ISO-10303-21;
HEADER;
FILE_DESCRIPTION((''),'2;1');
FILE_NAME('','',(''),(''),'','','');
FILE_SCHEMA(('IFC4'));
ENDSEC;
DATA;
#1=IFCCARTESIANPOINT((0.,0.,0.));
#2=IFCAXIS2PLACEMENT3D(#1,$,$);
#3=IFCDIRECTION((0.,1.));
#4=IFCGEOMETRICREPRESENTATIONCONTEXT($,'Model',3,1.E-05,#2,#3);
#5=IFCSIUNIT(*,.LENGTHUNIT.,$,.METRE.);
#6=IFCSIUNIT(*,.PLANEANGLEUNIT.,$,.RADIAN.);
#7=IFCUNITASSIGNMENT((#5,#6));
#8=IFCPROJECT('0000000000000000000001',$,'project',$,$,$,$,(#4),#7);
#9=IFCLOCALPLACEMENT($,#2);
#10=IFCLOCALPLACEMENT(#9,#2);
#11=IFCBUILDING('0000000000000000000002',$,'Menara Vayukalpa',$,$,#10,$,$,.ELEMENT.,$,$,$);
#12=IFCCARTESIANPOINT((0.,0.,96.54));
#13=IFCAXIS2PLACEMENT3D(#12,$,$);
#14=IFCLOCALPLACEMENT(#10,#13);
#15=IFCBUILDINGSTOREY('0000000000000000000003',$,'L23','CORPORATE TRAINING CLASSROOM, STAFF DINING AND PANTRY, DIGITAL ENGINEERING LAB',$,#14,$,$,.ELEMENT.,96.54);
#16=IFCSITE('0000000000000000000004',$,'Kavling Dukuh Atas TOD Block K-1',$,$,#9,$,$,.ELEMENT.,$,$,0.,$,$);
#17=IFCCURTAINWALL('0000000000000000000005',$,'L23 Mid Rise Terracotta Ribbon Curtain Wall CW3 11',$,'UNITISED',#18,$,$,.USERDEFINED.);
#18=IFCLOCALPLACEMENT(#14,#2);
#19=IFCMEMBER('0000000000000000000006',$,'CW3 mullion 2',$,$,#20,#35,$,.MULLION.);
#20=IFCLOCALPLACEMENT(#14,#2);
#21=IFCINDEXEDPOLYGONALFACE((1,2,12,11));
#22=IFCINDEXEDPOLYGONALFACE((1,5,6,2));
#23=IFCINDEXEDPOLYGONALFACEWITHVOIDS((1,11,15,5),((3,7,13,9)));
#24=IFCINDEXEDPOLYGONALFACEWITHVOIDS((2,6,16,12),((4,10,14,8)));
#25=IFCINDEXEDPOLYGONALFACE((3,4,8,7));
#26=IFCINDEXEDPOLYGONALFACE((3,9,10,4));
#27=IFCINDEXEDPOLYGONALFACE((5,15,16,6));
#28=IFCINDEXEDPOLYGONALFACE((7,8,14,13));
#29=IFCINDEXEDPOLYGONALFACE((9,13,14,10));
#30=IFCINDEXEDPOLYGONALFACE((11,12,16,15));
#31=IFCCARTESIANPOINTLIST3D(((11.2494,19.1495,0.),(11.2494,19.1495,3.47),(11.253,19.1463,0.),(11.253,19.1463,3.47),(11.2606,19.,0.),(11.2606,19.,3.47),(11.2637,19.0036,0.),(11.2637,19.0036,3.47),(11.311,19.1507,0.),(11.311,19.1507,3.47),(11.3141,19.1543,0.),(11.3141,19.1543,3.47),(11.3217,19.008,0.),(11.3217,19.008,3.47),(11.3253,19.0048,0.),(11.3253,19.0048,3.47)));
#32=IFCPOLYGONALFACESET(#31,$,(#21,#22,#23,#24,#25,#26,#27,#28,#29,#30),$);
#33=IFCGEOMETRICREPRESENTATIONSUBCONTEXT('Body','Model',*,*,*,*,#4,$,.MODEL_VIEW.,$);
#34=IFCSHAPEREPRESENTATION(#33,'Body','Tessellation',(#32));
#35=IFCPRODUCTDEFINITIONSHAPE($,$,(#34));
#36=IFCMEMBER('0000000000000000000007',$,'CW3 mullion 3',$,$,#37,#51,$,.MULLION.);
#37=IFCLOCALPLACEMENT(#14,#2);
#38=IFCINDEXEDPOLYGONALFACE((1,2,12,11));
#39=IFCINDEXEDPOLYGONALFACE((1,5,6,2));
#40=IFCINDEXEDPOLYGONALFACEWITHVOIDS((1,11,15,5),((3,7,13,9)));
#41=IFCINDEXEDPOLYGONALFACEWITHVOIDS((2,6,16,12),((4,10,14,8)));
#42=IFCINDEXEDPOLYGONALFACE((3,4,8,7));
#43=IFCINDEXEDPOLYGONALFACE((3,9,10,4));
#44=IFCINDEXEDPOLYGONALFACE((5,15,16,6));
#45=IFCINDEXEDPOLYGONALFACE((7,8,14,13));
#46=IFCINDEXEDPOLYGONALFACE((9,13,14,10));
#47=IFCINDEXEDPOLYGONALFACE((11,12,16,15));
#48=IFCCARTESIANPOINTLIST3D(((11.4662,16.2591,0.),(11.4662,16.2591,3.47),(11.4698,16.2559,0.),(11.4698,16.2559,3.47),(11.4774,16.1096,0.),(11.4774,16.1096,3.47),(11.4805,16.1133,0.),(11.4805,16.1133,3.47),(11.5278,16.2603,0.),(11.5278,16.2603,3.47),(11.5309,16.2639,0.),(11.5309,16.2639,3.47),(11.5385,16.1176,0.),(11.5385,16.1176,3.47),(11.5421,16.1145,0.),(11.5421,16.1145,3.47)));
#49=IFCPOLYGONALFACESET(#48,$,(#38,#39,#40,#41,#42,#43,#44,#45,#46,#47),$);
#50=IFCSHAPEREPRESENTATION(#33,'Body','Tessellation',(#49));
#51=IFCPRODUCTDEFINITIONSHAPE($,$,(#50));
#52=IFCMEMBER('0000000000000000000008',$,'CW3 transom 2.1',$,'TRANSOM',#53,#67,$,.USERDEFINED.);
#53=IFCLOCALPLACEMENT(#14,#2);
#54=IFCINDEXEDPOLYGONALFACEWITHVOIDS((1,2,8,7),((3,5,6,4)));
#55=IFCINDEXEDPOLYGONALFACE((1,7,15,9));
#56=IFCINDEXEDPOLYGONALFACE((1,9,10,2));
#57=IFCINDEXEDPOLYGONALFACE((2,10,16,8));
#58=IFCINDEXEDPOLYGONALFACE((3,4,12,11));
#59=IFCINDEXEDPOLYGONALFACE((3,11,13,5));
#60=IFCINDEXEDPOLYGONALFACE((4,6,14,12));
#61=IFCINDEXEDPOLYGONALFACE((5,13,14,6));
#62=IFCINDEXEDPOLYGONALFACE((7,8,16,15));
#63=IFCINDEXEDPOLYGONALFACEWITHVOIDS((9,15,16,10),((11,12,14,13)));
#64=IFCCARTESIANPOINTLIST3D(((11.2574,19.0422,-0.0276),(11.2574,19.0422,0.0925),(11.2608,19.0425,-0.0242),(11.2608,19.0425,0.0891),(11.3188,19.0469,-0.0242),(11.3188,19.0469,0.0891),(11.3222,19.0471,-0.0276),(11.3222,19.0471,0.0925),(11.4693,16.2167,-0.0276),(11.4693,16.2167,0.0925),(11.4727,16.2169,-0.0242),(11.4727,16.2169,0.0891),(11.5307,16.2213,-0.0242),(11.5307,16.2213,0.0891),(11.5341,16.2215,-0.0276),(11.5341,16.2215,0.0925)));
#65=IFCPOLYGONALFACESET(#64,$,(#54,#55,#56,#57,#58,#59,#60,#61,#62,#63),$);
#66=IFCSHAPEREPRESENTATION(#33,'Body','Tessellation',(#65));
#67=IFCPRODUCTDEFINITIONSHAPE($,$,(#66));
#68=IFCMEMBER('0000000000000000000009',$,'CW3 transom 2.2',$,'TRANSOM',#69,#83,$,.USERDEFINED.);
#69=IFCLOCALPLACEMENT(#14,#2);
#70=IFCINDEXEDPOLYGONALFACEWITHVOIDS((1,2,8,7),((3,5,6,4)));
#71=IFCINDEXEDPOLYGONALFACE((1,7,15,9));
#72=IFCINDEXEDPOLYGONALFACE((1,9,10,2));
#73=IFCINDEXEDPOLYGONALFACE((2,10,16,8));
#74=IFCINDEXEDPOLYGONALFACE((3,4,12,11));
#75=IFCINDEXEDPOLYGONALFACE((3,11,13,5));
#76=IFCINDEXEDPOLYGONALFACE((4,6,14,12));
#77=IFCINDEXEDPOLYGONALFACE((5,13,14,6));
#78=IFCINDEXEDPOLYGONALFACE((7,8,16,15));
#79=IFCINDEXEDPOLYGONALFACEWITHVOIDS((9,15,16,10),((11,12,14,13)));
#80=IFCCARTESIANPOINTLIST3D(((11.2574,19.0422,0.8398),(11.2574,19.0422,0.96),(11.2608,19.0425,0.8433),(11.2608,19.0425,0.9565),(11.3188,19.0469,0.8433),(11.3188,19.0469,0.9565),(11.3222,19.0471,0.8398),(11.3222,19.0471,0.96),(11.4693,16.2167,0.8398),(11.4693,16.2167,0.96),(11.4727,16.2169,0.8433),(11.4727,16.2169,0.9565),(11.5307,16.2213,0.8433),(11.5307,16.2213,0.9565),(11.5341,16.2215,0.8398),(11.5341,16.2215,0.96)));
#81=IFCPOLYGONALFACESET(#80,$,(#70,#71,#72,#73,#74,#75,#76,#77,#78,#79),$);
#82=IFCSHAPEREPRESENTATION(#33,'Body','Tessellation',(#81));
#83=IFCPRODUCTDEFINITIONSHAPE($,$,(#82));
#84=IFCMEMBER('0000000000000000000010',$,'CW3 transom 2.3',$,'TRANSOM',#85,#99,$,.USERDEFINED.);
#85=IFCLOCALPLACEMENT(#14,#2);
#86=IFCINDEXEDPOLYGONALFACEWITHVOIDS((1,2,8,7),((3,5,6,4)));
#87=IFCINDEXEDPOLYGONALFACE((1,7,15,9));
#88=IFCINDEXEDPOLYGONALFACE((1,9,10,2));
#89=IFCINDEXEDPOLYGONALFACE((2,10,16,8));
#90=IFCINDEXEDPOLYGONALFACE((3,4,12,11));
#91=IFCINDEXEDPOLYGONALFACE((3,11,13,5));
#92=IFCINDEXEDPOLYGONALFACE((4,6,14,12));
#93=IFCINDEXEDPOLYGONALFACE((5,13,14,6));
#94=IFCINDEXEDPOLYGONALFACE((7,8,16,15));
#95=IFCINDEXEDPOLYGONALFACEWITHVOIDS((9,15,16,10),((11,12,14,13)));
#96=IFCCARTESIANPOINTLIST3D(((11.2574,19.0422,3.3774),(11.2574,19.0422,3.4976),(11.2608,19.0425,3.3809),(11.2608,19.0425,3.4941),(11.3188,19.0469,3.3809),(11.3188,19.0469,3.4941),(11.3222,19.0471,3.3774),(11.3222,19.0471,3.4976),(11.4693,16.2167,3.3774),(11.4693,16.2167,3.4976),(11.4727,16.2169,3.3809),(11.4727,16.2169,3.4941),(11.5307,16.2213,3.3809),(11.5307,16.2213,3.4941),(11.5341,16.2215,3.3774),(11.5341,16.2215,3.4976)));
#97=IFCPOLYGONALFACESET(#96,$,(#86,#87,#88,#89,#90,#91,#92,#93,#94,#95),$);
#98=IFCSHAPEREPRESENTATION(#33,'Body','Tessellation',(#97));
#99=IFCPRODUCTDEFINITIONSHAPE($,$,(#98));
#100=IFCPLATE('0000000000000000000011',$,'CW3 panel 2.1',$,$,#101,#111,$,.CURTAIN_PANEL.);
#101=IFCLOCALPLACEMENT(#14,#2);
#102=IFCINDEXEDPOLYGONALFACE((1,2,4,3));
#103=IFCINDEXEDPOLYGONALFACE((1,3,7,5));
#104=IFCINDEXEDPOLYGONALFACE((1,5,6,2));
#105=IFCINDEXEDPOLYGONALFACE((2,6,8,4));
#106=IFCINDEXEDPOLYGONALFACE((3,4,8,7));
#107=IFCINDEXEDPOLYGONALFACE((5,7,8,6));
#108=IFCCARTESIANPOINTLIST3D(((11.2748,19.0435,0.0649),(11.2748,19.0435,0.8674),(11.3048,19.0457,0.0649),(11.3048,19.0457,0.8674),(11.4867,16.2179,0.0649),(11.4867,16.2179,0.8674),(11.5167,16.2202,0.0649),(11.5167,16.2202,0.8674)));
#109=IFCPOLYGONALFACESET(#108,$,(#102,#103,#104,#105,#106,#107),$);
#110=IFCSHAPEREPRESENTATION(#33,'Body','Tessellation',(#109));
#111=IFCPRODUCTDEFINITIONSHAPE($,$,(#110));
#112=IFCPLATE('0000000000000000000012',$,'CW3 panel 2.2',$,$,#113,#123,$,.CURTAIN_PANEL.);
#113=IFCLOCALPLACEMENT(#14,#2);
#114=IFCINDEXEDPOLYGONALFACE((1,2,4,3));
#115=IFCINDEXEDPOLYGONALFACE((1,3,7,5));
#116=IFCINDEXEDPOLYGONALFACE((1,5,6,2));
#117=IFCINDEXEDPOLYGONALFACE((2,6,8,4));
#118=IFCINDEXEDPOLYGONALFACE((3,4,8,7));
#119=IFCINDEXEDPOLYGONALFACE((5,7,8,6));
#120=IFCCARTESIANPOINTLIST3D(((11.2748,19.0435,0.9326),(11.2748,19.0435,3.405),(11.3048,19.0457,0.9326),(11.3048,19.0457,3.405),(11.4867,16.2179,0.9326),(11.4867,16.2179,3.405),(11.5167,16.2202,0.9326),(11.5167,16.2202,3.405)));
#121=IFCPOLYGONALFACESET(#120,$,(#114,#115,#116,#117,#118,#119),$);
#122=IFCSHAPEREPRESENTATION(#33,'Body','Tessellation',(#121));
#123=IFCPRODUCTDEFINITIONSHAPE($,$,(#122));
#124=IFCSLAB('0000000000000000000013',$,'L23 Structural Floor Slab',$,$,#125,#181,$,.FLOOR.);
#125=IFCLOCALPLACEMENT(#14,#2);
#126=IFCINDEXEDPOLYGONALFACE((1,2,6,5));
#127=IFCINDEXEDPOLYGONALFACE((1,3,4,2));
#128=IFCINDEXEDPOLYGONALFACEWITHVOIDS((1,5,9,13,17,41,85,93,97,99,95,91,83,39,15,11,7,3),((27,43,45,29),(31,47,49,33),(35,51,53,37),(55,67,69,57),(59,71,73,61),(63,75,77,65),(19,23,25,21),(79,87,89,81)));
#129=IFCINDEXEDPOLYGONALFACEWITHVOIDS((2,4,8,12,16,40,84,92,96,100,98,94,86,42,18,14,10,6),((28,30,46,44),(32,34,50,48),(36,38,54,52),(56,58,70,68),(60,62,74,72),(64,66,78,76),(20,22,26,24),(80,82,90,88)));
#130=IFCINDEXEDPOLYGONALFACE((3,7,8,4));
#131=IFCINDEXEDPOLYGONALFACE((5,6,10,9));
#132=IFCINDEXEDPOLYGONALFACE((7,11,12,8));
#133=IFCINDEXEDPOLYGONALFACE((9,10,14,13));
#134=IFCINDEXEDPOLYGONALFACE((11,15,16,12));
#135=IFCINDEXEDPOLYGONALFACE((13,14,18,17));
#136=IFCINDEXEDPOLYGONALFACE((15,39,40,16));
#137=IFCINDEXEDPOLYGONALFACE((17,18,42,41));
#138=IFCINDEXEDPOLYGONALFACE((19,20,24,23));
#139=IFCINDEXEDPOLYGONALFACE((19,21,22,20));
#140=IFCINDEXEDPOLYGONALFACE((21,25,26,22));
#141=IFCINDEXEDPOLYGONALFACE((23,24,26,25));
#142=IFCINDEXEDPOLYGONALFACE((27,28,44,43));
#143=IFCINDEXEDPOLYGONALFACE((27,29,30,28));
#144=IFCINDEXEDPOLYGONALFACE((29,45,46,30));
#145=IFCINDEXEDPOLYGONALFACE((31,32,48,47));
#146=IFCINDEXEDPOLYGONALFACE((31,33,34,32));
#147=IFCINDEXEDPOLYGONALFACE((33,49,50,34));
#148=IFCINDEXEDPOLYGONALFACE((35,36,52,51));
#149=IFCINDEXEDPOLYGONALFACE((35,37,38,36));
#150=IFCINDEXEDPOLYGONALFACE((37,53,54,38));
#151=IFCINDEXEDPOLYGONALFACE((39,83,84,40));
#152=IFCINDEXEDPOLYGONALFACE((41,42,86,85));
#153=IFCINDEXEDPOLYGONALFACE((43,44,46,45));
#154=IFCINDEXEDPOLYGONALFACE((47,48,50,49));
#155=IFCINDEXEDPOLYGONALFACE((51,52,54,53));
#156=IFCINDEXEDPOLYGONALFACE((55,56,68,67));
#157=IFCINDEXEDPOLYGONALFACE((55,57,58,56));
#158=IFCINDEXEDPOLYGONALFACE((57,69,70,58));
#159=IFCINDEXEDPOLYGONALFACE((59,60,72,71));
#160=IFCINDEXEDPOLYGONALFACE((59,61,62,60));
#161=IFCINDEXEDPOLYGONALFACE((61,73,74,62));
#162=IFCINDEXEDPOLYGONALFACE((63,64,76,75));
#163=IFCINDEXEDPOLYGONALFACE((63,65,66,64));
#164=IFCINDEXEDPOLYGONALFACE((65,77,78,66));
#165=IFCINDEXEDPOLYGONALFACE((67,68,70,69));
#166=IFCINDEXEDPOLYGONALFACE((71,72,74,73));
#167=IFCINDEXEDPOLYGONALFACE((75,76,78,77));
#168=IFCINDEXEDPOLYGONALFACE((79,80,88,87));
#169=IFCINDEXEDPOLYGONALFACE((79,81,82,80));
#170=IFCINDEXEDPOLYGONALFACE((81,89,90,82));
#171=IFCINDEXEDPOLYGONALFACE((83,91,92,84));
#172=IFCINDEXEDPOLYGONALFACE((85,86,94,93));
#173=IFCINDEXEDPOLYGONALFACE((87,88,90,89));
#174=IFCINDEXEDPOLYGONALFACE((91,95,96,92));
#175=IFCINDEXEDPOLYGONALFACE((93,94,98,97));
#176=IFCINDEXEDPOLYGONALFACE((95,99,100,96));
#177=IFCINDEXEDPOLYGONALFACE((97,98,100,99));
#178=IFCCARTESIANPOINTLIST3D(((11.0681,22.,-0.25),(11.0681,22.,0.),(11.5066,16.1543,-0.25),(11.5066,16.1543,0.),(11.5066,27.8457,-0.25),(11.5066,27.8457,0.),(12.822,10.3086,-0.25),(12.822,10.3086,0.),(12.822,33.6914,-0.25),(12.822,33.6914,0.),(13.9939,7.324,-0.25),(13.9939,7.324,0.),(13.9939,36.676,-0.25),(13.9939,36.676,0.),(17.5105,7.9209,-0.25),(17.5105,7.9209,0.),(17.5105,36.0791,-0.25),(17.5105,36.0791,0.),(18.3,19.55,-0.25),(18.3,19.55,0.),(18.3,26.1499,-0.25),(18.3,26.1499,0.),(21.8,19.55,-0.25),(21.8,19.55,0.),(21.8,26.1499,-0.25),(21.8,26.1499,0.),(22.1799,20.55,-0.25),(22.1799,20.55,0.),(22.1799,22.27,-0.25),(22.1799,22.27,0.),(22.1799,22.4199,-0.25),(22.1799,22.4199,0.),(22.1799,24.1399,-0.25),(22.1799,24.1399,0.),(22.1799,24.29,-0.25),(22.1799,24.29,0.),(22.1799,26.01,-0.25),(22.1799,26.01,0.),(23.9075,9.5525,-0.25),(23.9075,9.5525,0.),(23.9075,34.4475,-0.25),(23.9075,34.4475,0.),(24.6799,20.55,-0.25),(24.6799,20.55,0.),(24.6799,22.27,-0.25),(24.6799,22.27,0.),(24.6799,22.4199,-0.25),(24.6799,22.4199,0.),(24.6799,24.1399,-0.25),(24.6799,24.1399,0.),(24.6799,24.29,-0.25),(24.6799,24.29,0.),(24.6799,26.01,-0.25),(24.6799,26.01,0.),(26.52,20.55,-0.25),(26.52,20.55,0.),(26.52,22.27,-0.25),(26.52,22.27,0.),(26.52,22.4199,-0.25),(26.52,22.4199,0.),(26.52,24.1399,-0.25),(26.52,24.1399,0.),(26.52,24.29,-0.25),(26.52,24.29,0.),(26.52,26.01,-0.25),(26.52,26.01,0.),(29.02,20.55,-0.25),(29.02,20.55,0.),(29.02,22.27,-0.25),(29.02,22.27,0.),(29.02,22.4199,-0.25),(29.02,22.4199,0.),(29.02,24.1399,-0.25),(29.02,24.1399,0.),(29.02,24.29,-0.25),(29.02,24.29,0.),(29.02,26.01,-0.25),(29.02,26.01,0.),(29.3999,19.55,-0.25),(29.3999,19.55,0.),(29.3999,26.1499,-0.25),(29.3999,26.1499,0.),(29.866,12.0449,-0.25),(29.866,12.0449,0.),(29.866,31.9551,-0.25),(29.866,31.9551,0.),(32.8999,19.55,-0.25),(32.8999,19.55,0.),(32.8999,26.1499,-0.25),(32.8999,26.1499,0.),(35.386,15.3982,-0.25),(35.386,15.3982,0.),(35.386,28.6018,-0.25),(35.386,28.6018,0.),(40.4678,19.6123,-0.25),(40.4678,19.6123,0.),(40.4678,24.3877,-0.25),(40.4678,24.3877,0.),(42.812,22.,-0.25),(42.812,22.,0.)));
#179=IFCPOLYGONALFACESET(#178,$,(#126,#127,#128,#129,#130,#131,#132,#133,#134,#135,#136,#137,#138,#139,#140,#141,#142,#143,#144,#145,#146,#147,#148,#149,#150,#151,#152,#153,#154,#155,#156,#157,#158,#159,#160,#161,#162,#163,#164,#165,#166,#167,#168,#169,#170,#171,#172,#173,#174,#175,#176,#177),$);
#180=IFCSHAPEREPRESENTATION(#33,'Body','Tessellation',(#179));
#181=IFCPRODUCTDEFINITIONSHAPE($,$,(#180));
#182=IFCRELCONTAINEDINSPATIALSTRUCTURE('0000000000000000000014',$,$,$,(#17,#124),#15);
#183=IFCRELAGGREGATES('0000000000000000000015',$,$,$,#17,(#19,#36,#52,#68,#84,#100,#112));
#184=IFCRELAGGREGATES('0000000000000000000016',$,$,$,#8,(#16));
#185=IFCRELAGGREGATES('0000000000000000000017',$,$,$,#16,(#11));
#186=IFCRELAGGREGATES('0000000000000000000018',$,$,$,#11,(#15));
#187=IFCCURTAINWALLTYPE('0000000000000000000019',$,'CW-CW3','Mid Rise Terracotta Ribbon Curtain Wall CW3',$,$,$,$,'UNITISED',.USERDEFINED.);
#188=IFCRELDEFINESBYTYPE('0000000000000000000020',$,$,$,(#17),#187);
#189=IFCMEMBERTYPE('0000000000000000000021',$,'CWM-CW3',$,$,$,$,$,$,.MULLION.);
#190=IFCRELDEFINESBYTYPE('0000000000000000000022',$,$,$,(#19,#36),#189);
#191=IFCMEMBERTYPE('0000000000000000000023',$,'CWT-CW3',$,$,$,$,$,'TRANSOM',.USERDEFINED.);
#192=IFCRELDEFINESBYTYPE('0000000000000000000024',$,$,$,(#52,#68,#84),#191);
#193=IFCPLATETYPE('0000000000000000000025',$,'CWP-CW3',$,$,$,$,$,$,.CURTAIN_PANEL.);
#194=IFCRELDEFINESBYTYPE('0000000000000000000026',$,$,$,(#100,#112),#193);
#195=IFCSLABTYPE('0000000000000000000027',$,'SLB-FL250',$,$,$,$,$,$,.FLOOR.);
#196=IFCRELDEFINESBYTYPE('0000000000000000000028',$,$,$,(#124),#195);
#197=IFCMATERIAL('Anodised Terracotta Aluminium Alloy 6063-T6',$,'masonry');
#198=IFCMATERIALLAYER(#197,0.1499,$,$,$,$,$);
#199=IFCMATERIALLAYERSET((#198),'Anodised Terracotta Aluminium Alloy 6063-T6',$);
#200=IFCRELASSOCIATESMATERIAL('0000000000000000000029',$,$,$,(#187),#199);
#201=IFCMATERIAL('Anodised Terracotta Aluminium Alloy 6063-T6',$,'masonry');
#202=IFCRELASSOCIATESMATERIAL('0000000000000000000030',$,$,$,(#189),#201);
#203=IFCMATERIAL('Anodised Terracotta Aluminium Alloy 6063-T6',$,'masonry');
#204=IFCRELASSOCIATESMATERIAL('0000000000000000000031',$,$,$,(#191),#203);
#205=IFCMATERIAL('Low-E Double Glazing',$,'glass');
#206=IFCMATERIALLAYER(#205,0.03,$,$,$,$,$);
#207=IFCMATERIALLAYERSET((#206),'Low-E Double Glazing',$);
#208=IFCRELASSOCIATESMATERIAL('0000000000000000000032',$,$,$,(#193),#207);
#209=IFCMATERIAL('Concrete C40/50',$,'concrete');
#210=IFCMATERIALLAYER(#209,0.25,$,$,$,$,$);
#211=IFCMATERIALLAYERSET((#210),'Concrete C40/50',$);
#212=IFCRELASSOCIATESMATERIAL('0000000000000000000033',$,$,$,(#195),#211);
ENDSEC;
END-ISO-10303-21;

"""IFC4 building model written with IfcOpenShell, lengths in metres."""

from ifc_helpers import new_model, si_unit, direction, frame, origin, origin_2d, place, context, subcontext, project, spatial, polyline, rectangle, hollow_rectangle, outline, extrude, material, layer, layer_set, material_profile, profile_set, type_object, element, aggregate, save


model = new_model("IFC4")

# Units and contexts
model_context = context("Model", 3, precision=1e-05, world=origin(), true_north=direction((0.0, 1.0)))
body_context = subcontext(model_context, "Body", "Model", "MODEL_VIEW")
ifc_project = project(units=[si_unit("LENGTHUNIT", "METRE"), si_unit("PLANEANGLEUNIT", "RADIAN")], contexts=[model_context])

# Site, building, storey
site_placement = place(None, origin())
site = spatial("IfcSite", under=ifc_project, at=site_placement, Name="Kavling Dukuh Atas TOD Block K-1", CompositionType="ELEMENT", RefElevation=0.0)
building_placement = place(site_placement, origin())
building = spatial("IfcBuilding", under=site, at=building_placement, Name="Menara Vayukalpa", CompositionType="ELEMENT")
storey_placement = place(building_placement, frame((0.0, 0.0, 96.54)))
storey = spatial("IfcBuildingStorey", under=building, at=storey_placement, Name="L23", Description="CORPORATE TRAINING CLASSROOM, STAFF DINING AND PANTRY, DIGITAL ENGINEERING LAB", CompositionType="ELEMENT", Elevation=96.54)

# Curtain wall, members, plates
ifc_material_1 = material(Name="Anodised Terracotta Aluminium Alloy 6063-T6", Category="masonry")
ifc_layer_1 = layer(ifc_material_1, 0.1499)
ifc_layer_set_1 = layer_set([ifc_layer_1], Name="Anodised Terracotta Aluminium Alloy 6063-T6")
curtain_wall_type = type_object("IfcCurtainWallType", Name="CW-CW3", Description="Mid Rise Terracotta Ribbon Curtain Wall CW3", ElementType="UNITISED", PredefinedType="USERDEFINED", material=ifc_layer_set_1)
curtain_wall_placement = place(storey_placement, origin())
curtain_wall = element("IfcCurtainWall", 1, at=curtain_wall_placement, inside=storey, type_object=curtain_wall_type, Name="L23 Mid Rise Terracotta Ribbon Curtain Wall CW3 11", ObjectType="UNITISED", PredefinedType="USERDEFINED")
ifc_material_2 = material(Name="Anodised Terracotta Aluminium Alloy 6063-T6", Category="masonry")
ifc_material_profile_1 = material_profile(ifc_material_2, hollow_rectangle(XDim=0.0649, YDim=0.1499, WallThickness=0.0034, at=origin_2d()), Name="ALU 65x150x3.5")
ifc_profile_set_1 = profile_set([ifc_material_profile_1], Name="Anodised Terracotta Aluminium Alloy 6063-T6")
member_type_1 = type_object("IfcMemberType", Name="CWM-CW3", PredefinedType="MULLION", material=ifc_profile_set_1)
member_1_placement = place(storey_placement, frame((11.2874, 19.0771, 0.0), z_axis=(0.0, 0.0, 1.0), x_axis=(0.9972, 0.074785, 0.0)))
member_1 = element("IfcMember", 2, at=member_1_placement, type_object=member_type_1, Name="CW3 mullion 2", PredefinedType="MULLION", context=body_context, shape_type="SweptSolid", body=[
    extrude(hollow_rectangle(XDim=0.0649, YDim=0.1499, WallThickness=0.0034, at=origin_2d()), origin(), (0.0, 0.0, 1.0), 3.47),
])
member_2_placement = place(storey_placement, frame((11.5042, 16.1868, 0.0), z_axis=(0.0, 0.0, 1.0), x_axis=(0.9972, 0.074785, 0.0)))
member_2 = element("IfcMember", 3, at=member_2_placement, type_object=member_type_1, Name="CW3 mullion 3", PredefinedType="MULLION", context=body_context, shape_type="SweptSolid", body=[
    extrude(hollow_rectangle(XDim=0.0649, YDim=0.1499, WallThickness=0.0034, at=origin_2d()), origin(), (0.0, 0.0, 1.0), 3.47),
])
ifc_material_3 = material(Name="Anodised Terracotta Aluminium Alloy 6063-T6", Category="masonry")
ifc_material_profile_2 = material_profile(ifc_material_3, hollow_rectangle(XDim=0.0649, YDim=0.1201, WallThickness=0.0034, at=origin_2d()), Name="ALU 65x120x3.5")
ifc_profile_set_2 = profile_set([ifc_material_profile_2], Name="Anodised Terracotta Aluminium Alloy 6063-T6")
member_type_2 = type_object("IfcMemberType", Name="CWT-CW3", ElementType="TRANSOM", PredefinedType="USERDEFINED", material=ifc_profile_set_2)
member_3_placement = place(storey_placement, frame((11.2898, 19.0447, 0.0325), z_axis=(0.074792, -0.997199, 0.0), x_axis=(0.997199, 0.074792, 0.0)))
member_3 = element("IfcMember", 4, at=member_3_placement, type_object=member_type_2, Name="CW3 transom 2.1", ObjectType="TRANSOM", PredefinedType="USERDEFINED", context=body_context, shape_type="SweptSolid", body=[
    extrude(hollow_rectangle(XDim=0.0649, YDim=0.1201, WallThickness=0.0034, at=origin_2d()), origin(), (0.0, 0.0, 1.0), 2.8335),
])
member_4_placement = place(storey_placement, frame((11.2898, 19.0447, 0.8999), z_axis=(0.074792, -0.997199, 0.0), x_axis=(0.997199, 0.074792, 0.0)))
member_4 = element("IfcMember", 5, at=member_4_placement, type_object=member_type_2, Name="CW3 transom 2.2", ObjectType="TRANSOM", PredefinedType="USERDEFINED", context=body_context, shape_type="SweptSolid", body=[
    extrude(hollow_rectangle(XDim=0.0649, YDim=0.1201, WallThickness=0.0034, at=origin_2d()), origin(), (0.0, 0.0, 1.0), 2.8335),
])
member_5_placement = place(storey_placement, frame((11.2898, 19.0447, 3.4375), z_axis=(0.074792, -0.997199, 0.0), x_axis=(0.997199, 0.074792, 0.0)))
member_5 = element("IfcMember", 6, at=member_5_placement, type_object=member_type_2, Name="CW3 transom 2.3", ObjectType="TRANSOM", PredefinedType="USERDEFINED", context=body_context, shape_type="SweptSolid", body=[
    extrude(hollow_rectangle(XDim=0.0649, YDim=0.1201, WallThickness=0.0034, at=origin_2d()), origin(), (0.0, 0.0, 1.0), 2.8335),
])
ifc_material_4 = material(Name="Low-E Double Glazing", Category="glass")
ifc_layer_2 = layer(ifc_material_4, 0.03)
ifc_layer_set_2 = layer_set([ifc_layer_2], Name="Low-E Double Glazing")
plate_type = type_object("IfcPlateType", Name="CWP-CW3", PredefinedType="CURTAIN_PANEL", material=ifc_layer_set_2)
plate_1_placement = place(storey_placement, frame((11.3958, 17.6318, 0.0649), z_axis=(0.0, 0.0, 1.0), x_axis=(0.074785, -0.9972, 0.0)))
plate_1 = element("IfcPlate", 7, at=plate_1_placement, type_object=plate_type, Name="CW3 panel 2.1", PredefinedType="CURTAIN_PANEL", context=body_context, shape_type="SweptSolid", body=[
    extrude(rectangle(XDim=2.8335, YDim=0.03, at=origin_2d()), origin(), (0.0, 0.0, 1.0), 0.8025),
])
plate_2_placement = place(storey_placement, frame((11.3958, 17.6318, 0.9326), z_axis=(0.0, 0.0, 1.0), x_axis=(0.074785, -0.9972, 0.0)))
plate_2 = element("IfcPlate", 8, at=plate_2_placement, type_object=plate_type, Name="CW3 panel 2.2", PredefinedType="CURTAIN_PANEL", context=body_context, shape_type="SweptSolid", body=[
    extrude(rectangle(XDim=2.8335, YDim=0.03, at=origin_2d()), origin(), (0.0, 0.0, 1.0), 2.4724),
])
aggregate(curtain_wall, [member_1, member_2, member_3, member_4, member_5, plate_1, plate_2])

# Slab
ifc_material_5 = material(Name="Concrete C40/50", Category="concrete")
ifc_layer_3 = layer(ifc_material_5, 0.25)
ifc_layer_set_3 = layer_set([ifc_layer_3], Name="Concrete C40/50")
slab_type_1 = type_object("IfcSlabType", Name="SLB-FL250", PredefinedType="FLOOR", material=ifc_layer_set_3)
slab_1_placement = place(storey_placement, frame((0.0, 0.0, -0.25)))
element("IfcSlab", 9, at=slab_1_placement, inside=storey, type_object=slab_type_1, Name="L23 Structural Floor Slab", PredefinedType="FLOOR", context=body_context, shape_type="SweptSolid", body=[
    extrude(outline(polyline([(40.4678, 19.6123), (42.812, 22.0), (40.4678, 24.3877), (35.386, 28.6018), (29.866, 31.9551), (23.9075, 34.4475), (17.5105, 36.0791), (13.9939, 36.676), (12.822, 33.6914), (11.5066, 27.8457), (11.0681, 22.0), (11.5066, 16.1543), (12.822, 10.3086), (13.9939, 7.324), (17.5105, 7.9209), (23.9075, 9.5525), (29.866, 12.0449), (35.386, 15.3982), (40.4678, 19.6123)]), holes=[polyline([(21.8, 19.55), (21.8, 26.1499), (18.3, 26.1499), (18.3, 19.55), (21.8, 19.55)]), polyline([(32.8999, 19.55), (32.8999, 26.1499), (29.3999, 26.1499), (29.3999, 19.55), (32.8999, 19.55)]), polyline([(22.1799, 20.55), (24.6799, 20.55), (24.6799, 22.27), (22.1799, 22.27), (22.1799, 20.55)]), polyline([(26.52, 20.55), (29.02, 20.55), (29.02, 22.27), (26.52, 22.27), (26.52, 20.55)]), polyline([(22.1799, 22.4199), (24.6799, 22.4199), (24.6799, 24.1399), (22.1799, 24.1399), (22.1799, 22.4199)]), polyline([(22.1799, 24.29), (24.6799, 24.29), (24.6799, 26.01), (22.1799, 26.01), (22.1799, 24.29)]), polyline([(26.52, 24.29), (29.02, 24.29), (29.02, 26.01), (26.52, 26.01), (26.52, 24.29)]), polyline([(26.52, 22.4199), (29.02, 22.4199), (29.02, 24.1399), (26.52, 24.1399), (26.52, 22.4199)])]), origin(), (0.0, 0.0, 1.0), 0.25),
])

save(model, "model.ifc")
